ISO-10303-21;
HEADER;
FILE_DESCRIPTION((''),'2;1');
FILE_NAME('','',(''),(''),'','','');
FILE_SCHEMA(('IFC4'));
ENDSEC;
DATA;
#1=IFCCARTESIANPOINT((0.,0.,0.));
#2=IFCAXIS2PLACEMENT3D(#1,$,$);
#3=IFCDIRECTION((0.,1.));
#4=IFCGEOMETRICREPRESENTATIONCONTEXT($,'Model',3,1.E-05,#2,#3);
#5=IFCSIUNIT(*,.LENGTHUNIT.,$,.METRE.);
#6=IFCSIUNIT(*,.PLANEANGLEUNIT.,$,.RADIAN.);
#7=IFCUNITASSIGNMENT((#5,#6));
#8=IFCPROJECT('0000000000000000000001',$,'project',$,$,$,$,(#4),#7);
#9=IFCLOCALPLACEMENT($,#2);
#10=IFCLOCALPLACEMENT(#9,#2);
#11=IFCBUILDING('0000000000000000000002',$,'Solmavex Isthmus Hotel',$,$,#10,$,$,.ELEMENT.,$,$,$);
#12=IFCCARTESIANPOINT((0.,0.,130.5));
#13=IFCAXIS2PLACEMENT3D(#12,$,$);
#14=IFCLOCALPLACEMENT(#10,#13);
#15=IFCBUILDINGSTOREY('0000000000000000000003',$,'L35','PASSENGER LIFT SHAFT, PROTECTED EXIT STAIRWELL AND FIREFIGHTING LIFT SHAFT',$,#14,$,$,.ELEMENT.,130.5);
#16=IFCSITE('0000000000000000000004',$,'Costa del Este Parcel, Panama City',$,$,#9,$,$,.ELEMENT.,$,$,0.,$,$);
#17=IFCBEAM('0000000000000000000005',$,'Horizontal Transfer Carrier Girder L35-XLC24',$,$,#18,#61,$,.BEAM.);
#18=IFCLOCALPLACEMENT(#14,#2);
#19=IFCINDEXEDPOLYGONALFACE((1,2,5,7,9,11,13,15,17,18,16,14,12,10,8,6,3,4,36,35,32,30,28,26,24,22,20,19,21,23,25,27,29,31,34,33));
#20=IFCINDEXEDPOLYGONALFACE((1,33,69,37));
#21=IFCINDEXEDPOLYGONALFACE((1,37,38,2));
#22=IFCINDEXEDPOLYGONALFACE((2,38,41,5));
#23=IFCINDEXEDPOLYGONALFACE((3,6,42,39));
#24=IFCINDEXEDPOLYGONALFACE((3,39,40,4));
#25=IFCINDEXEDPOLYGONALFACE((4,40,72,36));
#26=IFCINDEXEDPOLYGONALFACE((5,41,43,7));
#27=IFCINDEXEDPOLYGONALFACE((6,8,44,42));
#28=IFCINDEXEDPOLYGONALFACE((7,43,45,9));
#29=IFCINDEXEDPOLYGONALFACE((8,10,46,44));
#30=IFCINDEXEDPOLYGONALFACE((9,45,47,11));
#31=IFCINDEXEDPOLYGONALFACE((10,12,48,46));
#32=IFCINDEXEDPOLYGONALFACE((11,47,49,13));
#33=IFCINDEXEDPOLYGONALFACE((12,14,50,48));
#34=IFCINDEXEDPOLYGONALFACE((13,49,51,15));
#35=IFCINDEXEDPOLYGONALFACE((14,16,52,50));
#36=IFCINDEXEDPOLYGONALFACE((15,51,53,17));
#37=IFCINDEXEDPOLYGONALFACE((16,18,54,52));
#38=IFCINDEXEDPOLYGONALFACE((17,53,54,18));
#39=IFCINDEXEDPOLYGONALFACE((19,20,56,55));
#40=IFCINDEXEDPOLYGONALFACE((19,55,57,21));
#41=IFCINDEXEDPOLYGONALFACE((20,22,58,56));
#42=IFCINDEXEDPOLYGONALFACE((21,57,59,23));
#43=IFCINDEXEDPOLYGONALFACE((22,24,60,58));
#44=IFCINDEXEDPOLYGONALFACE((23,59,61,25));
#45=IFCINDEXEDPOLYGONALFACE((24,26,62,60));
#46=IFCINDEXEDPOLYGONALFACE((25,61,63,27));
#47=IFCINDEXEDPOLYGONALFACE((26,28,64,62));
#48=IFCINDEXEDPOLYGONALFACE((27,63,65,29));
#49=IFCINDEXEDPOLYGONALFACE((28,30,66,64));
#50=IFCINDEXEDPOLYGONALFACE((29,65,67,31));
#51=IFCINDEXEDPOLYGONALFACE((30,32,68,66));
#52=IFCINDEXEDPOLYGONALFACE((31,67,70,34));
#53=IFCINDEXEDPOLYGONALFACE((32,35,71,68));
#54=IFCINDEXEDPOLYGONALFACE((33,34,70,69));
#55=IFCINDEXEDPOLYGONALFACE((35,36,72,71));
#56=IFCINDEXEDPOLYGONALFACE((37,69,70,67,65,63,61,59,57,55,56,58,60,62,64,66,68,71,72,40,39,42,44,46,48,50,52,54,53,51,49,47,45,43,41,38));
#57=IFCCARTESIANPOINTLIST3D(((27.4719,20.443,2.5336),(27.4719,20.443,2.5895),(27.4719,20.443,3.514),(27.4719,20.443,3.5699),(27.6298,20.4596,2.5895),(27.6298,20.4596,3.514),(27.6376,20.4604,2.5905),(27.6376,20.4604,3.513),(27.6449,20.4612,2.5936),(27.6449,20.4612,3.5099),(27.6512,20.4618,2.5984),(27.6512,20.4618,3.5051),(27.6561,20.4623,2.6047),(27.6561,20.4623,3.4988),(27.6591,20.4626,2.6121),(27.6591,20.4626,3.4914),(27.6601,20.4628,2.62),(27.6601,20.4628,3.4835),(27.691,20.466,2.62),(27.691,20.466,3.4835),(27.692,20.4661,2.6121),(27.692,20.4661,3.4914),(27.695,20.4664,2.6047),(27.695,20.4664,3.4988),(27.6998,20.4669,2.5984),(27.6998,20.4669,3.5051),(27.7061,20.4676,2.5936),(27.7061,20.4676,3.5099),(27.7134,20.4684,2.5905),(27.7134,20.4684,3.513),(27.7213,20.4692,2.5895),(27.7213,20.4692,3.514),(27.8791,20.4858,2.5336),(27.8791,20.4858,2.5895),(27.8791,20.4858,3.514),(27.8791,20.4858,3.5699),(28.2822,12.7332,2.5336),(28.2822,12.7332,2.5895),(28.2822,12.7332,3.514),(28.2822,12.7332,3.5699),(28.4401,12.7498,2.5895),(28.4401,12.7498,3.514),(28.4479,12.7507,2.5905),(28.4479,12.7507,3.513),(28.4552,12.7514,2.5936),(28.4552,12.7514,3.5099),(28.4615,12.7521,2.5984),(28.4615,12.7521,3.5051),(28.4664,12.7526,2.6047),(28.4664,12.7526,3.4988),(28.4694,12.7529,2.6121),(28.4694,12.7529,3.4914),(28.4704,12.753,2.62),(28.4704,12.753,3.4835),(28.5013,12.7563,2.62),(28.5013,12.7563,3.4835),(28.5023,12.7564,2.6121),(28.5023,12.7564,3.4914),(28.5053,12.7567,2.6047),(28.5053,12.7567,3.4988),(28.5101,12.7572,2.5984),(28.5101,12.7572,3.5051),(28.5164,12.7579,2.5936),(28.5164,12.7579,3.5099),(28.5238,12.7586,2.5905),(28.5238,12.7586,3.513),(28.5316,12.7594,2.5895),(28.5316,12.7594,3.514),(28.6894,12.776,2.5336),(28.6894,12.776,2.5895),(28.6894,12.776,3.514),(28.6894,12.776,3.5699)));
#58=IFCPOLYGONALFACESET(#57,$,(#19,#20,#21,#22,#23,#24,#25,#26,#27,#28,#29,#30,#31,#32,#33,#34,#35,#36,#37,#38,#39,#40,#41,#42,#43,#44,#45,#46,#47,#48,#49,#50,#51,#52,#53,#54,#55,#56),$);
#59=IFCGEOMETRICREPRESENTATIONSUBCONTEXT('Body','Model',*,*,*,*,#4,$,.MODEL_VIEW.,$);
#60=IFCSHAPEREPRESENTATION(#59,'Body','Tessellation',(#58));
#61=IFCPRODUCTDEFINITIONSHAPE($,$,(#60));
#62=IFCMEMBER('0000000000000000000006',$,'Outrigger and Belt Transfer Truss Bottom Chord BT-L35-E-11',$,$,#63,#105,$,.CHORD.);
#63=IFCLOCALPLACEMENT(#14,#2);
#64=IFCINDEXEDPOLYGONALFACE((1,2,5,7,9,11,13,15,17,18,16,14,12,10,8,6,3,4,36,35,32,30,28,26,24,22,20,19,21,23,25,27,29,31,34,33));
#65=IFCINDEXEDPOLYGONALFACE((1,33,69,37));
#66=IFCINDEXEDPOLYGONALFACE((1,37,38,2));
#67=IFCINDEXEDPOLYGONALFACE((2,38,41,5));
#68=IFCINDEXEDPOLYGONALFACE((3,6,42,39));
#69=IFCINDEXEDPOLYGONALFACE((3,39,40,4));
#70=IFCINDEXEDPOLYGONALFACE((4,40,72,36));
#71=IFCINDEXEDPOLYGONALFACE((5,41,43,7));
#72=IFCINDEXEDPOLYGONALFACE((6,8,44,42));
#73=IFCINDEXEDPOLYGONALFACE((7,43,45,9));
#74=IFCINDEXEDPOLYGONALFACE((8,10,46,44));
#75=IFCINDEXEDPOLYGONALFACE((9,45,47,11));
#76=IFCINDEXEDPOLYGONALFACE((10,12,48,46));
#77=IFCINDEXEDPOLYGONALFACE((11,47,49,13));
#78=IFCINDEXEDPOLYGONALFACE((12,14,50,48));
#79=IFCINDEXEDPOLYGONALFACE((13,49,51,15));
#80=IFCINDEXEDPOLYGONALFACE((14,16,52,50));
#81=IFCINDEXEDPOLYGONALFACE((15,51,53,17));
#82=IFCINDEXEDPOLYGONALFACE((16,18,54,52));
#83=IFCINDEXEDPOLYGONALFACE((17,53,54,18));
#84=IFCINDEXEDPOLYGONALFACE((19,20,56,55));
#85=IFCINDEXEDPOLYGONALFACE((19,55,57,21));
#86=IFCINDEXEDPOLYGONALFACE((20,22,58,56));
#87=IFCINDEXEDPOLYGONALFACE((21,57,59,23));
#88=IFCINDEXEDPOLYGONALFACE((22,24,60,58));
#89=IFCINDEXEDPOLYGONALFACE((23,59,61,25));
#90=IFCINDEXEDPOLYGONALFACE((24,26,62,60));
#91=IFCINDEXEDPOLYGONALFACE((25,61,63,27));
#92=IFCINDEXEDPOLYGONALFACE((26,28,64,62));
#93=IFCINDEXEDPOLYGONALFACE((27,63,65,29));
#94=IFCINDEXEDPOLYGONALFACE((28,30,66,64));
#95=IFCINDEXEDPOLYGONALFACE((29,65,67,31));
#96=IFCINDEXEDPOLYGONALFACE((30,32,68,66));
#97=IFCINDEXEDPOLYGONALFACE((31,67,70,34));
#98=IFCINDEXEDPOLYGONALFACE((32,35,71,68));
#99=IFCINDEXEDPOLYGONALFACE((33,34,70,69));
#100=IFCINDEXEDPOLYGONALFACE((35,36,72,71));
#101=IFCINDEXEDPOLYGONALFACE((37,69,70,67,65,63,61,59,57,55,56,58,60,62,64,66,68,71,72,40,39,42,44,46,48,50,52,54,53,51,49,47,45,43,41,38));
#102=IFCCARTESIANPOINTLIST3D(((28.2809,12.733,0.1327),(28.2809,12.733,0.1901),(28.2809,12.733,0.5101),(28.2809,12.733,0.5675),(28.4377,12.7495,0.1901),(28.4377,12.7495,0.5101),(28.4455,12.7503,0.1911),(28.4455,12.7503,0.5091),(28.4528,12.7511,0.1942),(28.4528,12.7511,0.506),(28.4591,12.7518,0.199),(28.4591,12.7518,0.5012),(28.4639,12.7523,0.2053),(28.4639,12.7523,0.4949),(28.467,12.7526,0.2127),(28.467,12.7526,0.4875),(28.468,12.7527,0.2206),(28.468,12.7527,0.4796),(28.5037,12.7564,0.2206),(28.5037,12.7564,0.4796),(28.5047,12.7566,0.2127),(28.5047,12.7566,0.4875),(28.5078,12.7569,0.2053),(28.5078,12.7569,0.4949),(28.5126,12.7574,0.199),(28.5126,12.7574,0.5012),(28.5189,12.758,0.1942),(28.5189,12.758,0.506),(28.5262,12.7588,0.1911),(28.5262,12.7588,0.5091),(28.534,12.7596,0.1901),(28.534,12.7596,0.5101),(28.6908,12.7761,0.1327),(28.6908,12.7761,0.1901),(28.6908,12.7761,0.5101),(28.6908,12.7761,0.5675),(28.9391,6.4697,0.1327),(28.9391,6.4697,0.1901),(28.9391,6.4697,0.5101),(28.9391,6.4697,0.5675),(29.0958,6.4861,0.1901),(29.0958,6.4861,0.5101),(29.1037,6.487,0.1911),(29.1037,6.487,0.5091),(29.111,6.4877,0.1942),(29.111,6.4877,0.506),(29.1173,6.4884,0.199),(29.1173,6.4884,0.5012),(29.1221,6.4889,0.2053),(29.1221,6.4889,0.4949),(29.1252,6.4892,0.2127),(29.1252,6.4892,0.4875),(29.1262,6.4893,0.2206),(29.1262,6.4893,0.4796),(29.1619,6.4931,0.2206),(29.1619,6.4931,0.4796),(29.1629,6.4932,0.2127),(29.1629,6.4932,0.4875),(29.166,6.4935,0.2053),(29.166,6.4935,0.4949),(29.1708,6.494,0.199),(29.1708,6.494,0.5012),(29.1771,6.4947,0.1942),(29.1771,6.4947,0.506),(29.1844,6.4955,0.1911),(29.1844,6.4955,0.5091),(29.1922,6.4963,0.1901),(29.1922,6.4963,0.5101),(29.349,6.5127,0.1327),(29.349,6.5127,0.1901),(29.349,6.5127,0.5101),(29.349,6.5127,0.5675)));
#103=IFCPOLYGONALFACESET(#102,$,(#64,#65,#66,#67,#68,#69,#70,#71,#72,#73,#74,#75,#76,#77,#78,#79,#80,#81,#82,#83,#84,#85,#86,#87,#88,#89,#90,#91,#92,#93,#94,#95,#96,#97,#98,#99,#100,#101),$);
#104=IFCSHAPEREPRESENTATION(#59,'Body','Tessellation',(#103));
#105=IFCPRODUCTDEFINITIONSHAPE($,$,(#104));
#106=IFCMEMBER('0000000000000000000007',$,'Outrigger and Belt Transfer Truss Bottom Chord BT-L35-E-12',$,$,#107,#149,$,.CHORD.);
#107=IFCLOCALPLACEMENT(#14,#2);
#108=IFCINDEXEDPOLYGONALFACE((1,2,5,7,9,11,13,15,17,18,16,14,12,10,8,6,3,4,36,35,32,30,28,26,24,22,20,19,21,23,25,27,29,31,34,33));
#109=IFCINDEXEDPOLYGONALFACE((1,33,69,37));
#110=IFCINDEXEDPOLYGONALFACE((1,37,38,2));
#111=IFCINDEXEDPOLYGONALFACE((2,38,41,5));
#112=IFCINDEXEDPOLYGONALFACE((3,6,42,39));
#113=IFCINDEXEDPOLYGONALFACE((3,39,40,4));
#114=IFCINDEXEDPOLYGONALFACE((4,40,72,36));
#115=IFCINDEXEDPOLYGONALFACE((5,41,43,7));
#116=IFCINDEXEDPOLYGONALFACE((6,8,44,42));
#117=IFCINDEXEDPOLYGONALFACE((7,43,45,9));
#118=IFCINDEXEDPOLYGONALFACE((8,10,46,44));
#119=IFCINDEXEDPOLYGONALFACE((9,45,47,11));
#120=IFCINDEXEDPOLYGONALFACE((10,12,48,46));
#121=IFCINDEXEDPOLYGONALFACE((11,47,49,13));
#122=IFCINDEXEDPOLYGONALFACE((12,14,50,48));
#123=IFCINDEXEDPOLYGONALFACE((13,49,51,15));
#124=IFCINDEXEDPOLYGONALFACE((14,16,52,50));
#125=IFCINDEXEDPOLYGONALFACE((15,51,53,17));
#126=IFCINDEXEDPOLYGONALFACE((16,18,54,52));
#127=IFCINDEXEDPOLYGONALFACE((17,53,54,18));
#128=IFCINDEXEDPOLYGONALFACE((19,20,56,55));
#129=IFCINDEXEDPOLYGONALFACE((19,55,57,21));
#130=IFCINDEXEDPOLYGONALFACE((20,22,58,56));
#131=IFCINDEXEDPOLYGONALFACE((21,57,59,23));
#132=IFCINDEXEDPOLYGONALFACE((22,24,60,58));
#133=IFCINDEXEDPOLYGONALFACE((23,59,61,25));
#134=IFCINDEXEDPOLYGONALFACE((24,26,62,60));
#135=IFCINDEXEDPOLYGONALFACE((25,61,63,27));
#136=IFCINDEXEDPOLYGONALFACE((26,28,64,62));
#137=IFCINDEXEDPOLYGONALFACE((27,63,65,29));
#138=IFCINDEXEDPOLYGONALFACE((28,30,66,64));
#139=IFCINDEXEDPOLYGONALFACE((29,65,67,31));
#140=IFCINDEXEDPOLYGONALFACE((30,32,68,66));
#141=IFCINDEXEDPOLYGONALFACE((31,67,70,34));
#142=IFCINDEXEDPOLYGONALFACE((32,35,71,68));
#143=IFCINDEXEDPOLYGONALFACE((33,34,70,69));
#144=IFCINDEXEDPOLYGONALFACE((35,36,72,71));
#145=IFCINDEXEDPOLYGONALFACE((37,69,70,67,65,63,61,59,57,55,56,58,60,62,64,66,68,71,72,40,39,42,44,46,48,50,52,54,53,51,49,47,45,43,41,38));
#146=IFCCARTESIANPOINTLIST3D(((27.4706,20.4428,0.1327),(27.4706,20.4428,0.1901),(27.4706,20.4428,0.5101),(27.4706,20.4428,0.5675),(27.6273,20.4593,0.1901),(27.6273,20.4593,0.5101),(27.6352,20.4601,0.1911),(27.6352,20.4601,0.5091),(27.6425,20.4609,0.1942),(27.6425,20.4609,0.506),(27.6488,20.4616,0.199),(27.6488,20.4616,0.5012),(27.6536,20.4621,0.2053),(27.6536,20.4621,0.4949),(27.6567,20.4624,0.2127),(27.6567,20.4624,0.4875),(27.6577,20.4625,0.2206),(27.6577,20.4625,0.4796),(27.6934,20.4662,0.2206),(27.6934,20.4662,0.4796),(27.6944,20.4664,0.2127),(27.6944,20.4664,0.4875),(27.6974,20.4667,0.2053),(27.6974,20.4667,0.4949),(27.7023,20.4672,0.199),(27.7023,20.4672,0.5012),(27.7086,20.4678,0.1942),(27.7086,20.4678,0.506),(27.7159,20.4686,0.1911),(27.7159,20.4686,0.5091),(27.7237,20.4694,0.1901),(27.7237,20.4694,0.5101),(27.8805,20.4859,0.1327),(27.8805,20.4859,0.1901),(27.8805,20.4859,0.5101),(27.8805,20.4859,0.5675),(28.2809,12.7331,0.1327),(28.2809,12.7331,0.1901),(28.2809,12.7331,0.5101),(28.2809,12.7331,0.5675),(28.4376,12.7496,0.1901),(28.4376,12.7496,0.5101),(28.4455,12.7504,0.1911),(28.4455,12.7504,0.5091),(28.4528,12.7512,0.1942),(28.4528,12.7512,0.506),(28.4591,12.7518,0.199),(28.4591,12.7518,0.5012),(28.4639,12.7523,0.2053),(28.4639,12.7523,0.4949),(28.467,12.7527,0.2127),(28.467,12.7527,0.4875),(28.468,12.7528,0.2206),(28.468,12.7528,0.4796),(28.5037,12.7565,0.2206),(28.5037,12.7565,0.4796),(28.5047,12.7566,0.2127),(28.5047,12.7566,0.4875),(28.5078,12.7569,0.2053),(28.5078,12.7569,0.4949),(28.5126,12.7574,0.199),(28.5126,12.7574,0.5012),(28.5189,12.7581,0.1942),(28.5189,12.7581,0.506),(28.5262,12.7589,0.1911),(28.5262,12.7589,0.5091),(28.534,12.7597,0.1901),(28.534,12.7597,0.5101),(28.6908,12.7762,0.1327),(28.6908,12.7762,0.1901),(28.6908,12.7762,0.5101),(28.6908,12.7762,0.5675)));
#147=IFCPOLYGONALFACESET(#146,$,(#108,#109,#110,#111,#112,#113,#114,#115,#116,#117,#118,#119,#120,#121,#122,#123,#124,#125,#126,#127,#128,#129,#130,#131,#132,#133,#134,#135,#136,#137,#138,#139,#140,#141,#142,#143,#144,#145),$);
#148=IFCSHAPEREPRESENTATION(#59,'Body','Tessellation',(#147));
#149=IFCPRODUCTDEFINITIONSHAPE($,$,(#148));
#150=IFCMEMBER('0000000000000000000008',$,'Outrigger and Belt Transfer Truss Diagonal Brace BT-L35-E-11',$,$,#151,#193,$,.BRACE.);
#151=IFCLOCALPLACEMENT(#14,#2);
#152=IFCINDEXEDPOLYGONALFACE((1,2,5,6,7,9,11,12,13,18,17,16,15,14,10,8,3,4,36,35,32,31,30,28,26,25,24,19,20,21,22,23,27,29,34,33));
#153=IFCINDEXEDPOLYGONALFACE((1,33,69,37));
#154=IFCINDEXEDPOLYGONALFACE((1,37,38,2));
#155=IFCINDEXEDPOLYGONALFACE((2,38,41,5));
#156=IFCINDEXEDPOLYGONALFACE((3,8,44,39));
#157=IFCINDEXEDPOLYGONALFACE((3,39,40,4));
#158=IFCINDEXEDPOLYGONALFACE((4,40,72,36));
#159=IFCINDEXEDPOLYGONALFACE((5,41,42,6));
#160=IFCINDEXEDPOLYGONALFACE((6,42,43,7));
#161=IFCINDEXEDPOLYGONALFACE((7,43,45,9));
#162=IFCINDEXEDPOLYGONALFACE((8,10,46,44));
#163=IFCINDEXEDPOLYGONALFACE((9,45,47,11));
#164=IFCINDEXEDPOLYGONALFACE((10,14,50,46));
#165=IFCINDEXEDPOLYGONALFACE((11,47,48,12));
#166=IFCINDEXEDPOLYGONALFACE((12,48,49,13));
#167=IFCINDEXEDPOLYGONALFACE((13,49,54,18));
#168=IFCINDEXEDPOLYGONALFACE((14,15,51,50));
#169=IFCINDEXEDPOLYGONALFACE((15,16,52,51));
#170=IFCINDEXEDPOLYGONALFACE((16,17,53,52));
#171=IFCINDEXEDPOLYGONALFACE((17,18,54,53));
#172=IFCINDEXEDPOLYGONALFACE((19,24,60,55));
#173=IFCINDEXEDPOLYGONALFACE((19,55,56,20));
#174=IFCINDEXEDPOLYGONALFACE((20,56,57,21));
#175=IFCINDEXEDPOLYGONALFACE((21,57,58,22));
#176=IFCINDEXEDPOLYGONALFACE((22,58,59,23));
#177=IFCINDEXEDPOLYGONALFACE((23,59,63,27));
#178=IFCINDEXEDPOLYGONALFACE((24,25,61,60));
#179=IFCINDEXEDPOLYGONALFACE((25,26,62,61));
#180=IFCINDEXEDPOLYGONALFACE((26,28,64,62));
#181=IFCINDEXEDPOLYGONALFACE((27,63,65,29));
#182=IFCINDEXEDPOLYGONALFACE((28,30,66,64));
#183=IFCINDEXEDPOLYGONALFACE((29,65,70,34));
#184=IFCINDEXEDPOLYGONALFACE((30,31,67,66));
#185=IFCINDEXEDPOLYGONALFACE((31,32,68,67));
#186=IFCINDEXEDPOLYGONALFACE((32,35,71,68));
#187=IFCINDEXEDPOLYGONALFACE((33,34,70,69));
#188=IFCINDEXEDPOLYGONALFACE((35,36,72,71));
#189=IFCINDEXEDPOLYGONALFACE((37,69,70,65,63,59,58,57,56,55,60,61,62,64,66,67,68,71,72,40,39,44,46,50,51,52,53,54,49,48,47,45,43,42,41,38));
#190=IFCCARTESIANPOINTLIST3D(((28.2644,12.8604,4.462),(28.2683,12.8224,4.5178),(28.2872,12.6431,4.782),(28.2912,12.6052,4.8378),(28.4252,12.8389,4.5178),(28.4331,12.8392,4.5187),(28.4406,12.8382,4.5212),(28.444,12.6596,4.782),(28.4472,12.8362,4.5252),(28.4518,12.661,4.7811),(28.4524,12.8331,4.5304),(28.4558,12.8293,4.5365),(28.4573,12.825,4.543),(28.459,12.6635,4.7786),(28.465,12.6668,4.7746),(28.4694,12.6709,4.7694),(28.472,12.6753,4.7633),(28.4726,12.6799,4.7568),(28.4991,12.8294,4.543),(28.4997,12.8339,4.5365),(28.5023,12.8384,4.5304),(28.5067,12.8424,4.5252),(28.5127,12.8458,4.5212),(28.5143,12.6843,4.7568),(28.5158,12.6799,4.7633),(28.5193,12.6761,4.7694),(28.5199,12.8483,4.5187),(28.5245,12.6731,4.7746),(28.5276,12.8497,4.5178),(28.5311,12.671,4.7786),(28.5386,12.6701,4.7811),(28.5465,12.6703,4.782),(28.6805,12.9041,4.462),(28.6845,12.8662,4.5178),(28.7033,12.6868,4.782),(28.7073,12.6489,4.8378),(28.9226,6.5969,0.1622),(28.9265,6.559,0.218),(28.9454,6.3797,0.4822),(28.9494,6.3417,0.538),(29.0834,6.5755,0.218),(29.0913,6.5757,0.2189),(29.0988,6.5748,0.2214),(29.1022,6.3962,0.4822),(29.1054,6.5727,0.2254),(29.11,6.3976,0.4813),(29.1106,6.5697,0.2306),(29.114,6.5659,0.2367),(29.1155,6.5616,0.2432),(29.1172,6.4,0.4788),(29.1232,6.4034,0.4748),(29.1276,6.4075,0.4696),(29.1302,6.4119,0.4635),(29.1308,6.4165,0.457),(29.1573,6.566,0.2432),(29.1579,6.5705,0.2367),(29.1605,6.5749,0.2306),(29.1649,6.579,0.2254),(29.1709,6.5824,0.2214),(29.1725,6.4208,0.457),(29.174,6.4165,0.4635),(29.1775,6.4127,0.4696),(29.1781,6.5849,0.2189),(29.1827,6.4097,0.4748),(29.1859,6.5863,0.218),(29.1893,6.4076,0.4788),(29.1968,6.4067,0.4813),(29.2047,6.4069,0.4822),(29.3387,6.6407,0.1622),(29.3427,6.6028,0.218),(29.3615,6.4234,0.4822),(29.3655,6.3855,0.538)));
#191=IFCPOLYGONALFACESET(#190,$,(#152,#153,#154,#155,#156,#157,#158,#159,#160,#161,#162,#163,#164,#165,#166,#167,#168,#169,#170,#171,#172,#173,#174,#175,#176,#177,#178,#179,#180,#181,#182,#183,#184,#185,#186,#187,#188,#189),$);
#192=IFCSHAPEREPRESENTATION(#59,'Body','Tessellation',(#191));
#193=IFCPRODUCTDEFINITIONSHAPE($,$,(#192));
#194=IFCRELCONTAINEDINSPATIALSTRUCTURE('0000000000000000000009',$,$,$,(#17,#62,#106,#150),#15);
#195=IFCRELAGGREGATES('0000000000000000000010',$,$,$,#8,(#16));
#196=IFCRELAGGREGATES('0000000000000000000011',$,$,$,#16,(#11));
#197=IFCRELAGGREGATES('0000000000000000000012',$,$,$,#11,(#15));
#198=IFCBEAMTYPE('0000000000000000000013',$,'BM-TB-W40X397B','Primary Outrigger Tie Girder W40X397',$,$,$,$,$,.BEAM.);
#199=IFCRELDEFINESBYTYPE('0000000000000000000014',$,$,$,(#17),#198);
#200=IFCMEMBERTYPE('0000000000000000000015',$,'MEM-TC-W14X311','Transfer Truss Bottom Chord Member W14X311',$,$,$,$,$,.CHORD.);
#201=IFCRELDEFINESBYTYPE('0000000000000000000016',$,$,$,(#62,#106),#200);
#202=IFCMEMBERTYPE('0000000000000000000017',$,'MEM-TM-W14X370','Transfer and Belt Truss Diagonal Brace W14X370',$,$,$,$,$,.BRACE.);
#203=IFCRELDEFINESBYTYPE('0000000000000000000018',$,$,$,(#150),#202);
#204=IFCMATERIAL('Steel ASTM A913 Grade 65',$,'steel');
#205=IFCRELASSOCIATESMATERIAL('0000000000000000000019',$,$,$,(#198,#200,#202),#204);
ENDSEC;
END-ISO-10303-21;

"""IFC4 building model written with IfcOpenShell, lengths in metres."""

from ifc_helpers import new_model, si_unit, direction, frame, origin, origin_2d, place, context, subcontext, project, spatial, i_section, extrude, material, material_profile, profile_set, type_object, element, save


model = new_model("IFC4")

# Units and contexts
model_context = context("Model", 3, precision=1e-05, world=origin(), true_north=direction((0.0, 1.0)))
body_context = subcontext(model_context, "Body", "Model", "MODEL_VIEW")
ifc_project = project(units=[si_unit("LENGTHUNIT", "METRE"), si_unit("PLANEANGLEUNIT", "RADIAN")], contexts=[model_context])

# Site, building, storey
site_placement = place(None, origin())
site = spatial("IfcSite", under=ifc_project, at=site_placement, Name="Costa del Este Parcel, Panama City", CompositionType="ELEMENT", RefElevation=0.0)
building_placement = place(site_placement, origin())
building = spatial("IfcBuilding", under=site, at=building_placement, Name="Solmavex Isthmus Hotel", CompositionType="ELEMENT")
storey_placement = place(building_placement, frame((0.0, 0.0, 130.5)))
storey = spatial("IfcBuildingStorey", under=building, at=storey_placement, Name="L35", Description="PASSENGER LIFT SHAFT, PROTECTED EXIT STAIRWELL AND FIREFIGHTING LIFT SHAFT", CompositionType="ELEMENT", Elevation=130.5)

# Shared definitions
ifc_material_1 = material(Name="Steel ASTM A913 Grade 65", Category="steel")

# Beam
ifc_material_profile_1 = material_profile(ifc_material_1, i_section(OverallWidth=0.4094, OverallDepth=1.0364, WebThickness=0.031, FlangeThickness=0.0559, FilletRadius=0.0305, at=origin_2d()), Name="W40X397")
ifc_profile_set_1 = profile_set([ifc_material_profile_1], Name="Steel ASTM A913 Grade 65")
beam_type_1 = type_object("IfcBeamType", Name="BM-TB-W40X397B", Description="Primary Outrigger Tie Girder W40X397", PredefinedType="BEAM", material=ifc_profile_set_1)
beam_1_placement = place(storey_placement, frame((28.4858, 12.7546, 3.0518), z_axis=(-0.104526, 0.994522, 0.0), x_axis=(-0.994522, -0.104526, 0.0)))
element("IfcBeam", 1, at=beam_1_placement, inside=storey, type_object=beam_type_1, Name="Horizontal Transfer Carrier Girder L35-XLC24", PredefinedType="BEAM", context=body_context, shape_type="SweptSolid", body=[
    extrude(i_section(OverallWidth=0.4094, OverallDepth=1.0364, WebThickness=0.031, FlangeThickness=0.0559, FilletRadius=0.0305, at=origin_2d()), origin(), (0.0, 0.0, 1.0), 7.7522),
])

# Members
ifc_material_profile_2 = material_profile(ifc_material_1, i_section(OverallWidth=0.4121, OverallDepth=0.4348, WebThickness=0.0359, FlangeThickness=0.0574, FilletRadius=0.0305, at=origin_2d()), Name="W14X311")
ifc_profile_set_2 = profile_set([ifc_material_profile_2], Name="Steel ASTM A913 Grade 65")
member_type_1 = type_object("IfcMemberType", Name="MEM-TC-W14X311", Description="Transfer Truss Bottom Chord Member W14X311", PredefinedType="CHORD", material=ifc_profile_set_2)
member_1_placement = place(storey_placement, frame((29.144, 6.4912, 0.3501), z_axis=(-0.104511, 0.994524, 0.0), x_axis=(-0.994524, -0.104511, 0.0)))
element("IfcMember", 2, at=member_1_placement, inside=storey, type_object=member_type_1, Name="Outrigger and Belt Transfer Truss Bottom Chord BT-L35-E-11", PredefinedType="CHORD", context=body_context, shape_type="SweptSolid", body=[
    extrude(i_section(OverallWidth=0.4121, OverallDepth=0.4348, WebThickness=0.0359, FlangeThickness=0.0574, FilletRadius=0.0305, at=origin_2d()), origin(), (0.0, 0.0, 1.0), 6.2979),
])
member_2_placement = place(storey_placement, frame((28.4858, 12.7546, 0.3501), z_axis=(-0.104526, 0.994522, 0.0), x_axis=(-0.994522, -0.104526, 0.0)))
element("IfcMember", 3, at=member_2_placement, inside=storey, type_object=member_type_1, Name="Outrigger and Belt Transfer Truss Bottom Chord BT-L35-E-12", PredefinedType="CHORD", context=body_context, shape_type="SweptSolid", body=[
    extrude(i_section(OverallWidth=0.4121, OverallDepth=0.4348, WebThickness=0.0359, FlangeThickness=0.0574, FilletRadius=0.0305, at=origin_2d()), origin(), (0.0, 0.0, 1.0), 7.7522),
])
ifc_material_profile_3 = material_profile(ifc_material_1, i_section(OverallWidth=0.4185, OverallDepth=0.4551, WebThickness=0.042, FlangeThickness=0.0676, FilletRadius=0.0305, at=origin_2d()), Name="W14X370")
ifc_profile_set_3 = profile_set([ifc_material_profile_3], Name="Steel ASTM A913 Grade 65")
member_type_2 = type_object("IfcMemberType", Name="MEM-TM-W14X370", Description="Transfer and Belt Truss Diagonal Brace W14X370", PredefinedType="BRACE", material=ifc_profile_set_3)
member_3_placement = place(storey_placement, frame((29.144, 6.4912, 0.3501), z_axis=(-0.086313, 0.821352, 0.563853), x_axis=(-0.994524, -0.104511, 0.0)))
element("IfcMember", 4, at=member_3_placement, inside=storey, type_object=member_type_2, Name="Outrigger and Belt Transfer Truss Diagonal Brace BT-L35-E-11", PredefinedType="BRACE", context=body_context, shape_type="SweptSolid", body=[
    extrude(i_section(OverallWidth=0.4185, OverallDepth=0.4551, WebThickness=0.042, FlangeThickness=0.0676, FilletRadius=0.0305, at=origin_2d()), origin(), (0.0, 0.0, 1.0), 7.6257),
])

save(model, "model.ifc")
